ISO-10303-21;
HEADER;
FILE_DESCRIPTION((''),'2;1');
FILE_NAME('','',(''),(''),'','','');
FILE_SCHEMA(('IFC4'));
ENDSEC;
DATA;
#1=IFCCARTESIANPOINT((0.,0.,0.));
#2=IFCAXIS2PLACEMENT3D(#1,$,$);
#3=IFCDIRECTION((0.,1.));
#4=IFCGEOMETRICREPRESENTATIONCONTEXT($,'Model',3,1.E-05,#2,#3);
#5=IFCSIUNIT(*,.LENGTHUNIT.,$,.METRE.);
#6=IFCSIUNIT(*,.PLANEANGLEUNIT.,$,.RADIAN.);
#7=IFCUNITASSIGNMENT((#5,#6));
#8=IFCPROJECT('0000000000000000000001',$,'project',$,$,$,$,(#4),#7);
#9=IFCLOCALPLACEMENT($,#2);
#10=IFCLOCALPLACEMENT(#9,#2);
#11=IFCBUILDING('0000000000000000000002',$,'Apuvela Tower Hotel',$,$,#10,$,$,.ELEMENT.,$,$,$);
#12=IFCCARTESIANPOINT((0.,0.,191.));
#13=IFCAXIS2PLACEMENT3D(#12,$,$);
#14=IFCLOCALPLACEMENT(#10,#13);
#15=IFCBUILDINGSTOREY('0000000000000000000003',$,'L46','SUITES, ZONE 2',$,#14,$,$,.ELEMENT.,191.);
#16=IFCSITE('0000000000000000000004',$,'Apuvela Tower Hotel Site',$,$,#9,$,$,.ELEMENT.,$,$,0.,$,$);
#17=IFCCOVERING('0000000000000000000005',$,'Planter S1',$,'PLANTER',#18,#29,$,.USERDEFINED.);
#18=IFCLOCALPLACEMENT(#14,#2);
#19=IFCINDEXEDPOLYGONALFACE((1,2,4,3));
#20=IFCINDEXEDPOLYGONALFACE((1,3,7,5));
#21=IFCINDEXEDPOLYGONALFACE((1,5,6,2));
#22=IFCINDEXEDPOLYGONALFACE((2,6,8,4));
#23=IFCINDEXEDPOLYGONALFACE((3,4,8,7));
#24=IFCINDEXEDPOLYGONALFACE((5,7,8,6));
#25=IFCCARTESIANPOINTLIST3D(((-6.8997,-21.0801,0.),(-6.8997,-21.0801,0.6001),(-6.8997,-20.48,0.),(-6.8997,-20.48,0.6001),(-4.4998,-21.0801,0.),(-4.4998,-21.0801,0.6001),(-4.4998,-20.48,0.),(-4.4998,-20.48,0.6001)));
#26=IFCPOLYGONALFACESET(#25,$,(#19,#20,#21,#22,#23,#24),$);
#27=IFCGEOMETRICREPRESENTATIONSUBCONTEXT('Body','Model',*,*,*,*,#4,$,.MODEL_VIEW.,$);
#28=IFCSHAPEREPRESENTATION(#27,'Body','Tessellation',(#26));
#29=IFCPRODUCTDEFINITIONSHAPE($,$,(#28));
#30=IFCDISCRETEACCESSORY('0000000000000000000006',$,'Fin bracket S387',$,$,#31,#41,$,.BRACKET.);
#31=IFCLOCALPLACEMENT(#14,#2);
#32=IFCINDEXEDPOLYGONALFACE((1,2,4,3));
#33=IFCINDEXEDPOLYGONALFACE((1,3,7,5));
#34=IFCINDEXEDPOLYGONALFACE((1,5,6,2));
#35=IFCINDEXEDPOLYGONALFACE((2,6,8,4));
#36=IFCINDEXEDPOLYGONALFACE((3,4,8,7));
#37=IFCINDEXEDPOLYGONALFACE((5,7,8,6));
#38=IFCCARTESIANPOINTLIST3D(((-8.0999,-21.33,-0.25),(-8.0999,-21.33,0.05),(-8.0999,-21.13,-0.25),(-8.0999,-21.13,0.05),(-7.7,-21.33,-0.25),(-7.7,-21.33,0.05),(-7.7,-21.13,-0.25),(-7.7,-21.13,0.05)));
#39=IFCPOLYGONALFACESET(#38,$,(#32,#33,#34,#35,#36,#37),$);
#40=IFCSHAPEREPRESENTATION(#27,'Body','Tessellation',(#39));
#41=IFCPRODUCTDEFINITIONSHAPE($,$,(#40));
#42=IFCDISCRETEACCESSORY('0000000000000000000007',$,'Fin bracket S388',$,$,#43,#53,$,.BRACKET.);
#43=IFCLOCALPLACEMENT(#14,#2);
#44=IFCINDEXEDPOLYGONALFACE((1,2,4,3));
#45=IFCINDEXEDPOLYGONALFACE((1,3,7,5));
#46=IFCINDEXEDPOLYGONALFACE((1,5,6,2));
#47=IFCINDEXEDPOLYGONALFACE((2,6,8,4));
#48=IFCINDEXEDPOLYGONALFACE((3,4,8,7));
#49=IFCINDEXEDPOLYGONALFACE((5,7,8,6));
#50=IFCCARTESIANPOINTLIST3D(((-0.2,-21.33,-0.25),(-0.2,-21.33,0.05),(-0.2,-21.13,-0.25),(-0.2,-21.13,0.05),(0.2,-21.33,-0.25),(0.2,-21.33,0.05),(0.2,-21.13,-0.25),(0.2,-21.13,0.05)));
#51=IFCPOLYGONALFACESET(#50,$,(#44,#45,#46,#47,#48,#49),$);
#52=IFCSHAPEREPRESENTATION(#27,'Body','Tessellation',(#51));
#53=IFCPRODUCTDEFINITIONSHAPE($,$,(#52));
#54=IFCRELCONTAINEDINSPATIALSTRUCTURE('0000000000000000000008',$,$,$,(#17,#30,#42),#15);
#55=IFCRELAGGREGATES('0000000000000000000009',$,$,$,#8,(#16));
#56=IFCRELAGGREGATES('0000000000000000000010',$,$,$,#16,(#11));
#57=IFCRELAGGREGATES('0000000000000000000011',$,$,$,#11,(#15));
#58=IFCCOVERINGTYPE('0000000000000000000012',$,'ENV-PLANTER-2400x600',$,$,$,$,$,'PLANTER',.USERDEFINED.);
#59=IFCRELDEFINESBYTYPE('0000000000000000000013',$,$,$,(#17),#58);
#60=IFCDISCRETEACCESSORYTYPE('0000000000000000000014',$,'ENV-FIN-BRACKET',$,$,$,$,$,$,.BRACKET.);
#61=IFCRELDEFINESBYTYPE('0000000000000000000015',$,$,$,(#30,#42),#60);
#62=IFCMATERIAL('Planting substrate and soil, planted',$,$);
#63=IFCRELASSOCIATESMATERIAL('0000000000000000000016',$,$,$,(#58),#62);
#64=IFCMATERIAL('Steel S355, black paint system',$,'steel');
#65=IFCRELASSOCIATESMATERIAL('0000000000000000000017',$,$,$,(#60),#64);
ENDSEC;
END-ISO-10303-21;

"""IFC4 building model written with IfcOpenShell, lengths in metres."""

from ifc_helpers import new_model, si_unit, direction, frame, origin, origin_2d, place, context, subcontext, project, spatial, rectangle, extrude, material, type_object, element, save


model = new_model("IFC4")

# Units and contexts
model_context = context("Model", 3, precision=1e-05, world=origin(), true_north=direction((0.0, 1.0)))
body_context = subcontext(model_context, "Body", "Model", "MODEL_VIEW")
ifc_project = project(units=[si_unit("LENGTHUNIT", "METRE"), si_unit("PLANEANGLEUNIT", "RADIAN")], contexts=[model_context])

# Site, building, storey
site_placement = place(None, origin())
site = spatial("IfcSite", under=ifc_project, at=site_placement, Name="Apuvela Tower Hotel Site", CompositionType="ELEMENT", RefElevation=0.0)
building_placement = place(site_placement, origin())
building = spatial("IfcBuilding", under=site, at=building_placement, Name="Apuvela Tower Hotel", CompositionType="ELEMENT")
storey_placement = place(building_placement, frame((0.0, 0.0, 191.0)))
storey = spatial("IfcBuildingStorey", under=building, at=storey_placement, Name="L46", Description="SUITES, ZONE 2", CompositionType="ELEMENT", Elevation=191.0)

# Covering
ifc_material_1 = material(Name="Planting substrate and soil, planted")
covering_type = type_object("IfcCoveringType", Name="ENV-PLANTER-2400x600", ElementType="PLANTER", PredefinedType="USERDEFINED", material=ifc_material_1)
covering_placement = place(storey_placement, frame((-5.6997, -20.78, 0.0), z_axis=(0.0, 0.0, 1.0), x_axis=(1.0, 0.0, 0.0)))
element("IfcCovering", 1, at=covering_placement, inside=storey, type_object=covering_type, Name="Planter S1", ObjectType="PLANTER", PredefinedType="USERDEFINED", context=body_context, shape_type="SweptSolid", body=[
    extrude(rectangle(XDim=2.3999, YDim=0.6001, at=origin_2d()), origin(), (0.0, 0.0, 1.0), 0.6001),
])

# Discrete accessories
ifc_material_2 = material(Name="Steel S355, black paint system", Category="steel")
discrete_accessory_type = type_object("IfcDiscreteAccessoryType", Name="ENV-FIN-BRACKET", PredefinedType="BRACKET", material=ifc_material_2)
for number, where, z_axis, x_axis, name in (
    (2, (-7.8999, -21.23, -0.25), (0.0, 0.0, 1.0), (1.0, 0.0, 0.0), "Fin bracket S387"),
    (3, (0.0, -21.23, -0.25), (0.0, 0.0, 1.0), (1.0, 0.0, 0.0), "Fin bracket S388"),
):
    element("IfcDiscreteAccessory", number, at=place(storey_placement, frame(where, z_axis=z_axis, x_axis=x_axis)), inside=storey, type_object=discrete_accessory_type, Name=name, PredefinedType="BRACKET", context=body_context, shape_type="SweptSolid", body=[
        extrude(rectangle(XDim=0.3999, YDim=0.2, at=origin_2d()), origin(), (0.0, 0.0, 1.0), 0.3),
    ])

save(model, "model.ifc")
